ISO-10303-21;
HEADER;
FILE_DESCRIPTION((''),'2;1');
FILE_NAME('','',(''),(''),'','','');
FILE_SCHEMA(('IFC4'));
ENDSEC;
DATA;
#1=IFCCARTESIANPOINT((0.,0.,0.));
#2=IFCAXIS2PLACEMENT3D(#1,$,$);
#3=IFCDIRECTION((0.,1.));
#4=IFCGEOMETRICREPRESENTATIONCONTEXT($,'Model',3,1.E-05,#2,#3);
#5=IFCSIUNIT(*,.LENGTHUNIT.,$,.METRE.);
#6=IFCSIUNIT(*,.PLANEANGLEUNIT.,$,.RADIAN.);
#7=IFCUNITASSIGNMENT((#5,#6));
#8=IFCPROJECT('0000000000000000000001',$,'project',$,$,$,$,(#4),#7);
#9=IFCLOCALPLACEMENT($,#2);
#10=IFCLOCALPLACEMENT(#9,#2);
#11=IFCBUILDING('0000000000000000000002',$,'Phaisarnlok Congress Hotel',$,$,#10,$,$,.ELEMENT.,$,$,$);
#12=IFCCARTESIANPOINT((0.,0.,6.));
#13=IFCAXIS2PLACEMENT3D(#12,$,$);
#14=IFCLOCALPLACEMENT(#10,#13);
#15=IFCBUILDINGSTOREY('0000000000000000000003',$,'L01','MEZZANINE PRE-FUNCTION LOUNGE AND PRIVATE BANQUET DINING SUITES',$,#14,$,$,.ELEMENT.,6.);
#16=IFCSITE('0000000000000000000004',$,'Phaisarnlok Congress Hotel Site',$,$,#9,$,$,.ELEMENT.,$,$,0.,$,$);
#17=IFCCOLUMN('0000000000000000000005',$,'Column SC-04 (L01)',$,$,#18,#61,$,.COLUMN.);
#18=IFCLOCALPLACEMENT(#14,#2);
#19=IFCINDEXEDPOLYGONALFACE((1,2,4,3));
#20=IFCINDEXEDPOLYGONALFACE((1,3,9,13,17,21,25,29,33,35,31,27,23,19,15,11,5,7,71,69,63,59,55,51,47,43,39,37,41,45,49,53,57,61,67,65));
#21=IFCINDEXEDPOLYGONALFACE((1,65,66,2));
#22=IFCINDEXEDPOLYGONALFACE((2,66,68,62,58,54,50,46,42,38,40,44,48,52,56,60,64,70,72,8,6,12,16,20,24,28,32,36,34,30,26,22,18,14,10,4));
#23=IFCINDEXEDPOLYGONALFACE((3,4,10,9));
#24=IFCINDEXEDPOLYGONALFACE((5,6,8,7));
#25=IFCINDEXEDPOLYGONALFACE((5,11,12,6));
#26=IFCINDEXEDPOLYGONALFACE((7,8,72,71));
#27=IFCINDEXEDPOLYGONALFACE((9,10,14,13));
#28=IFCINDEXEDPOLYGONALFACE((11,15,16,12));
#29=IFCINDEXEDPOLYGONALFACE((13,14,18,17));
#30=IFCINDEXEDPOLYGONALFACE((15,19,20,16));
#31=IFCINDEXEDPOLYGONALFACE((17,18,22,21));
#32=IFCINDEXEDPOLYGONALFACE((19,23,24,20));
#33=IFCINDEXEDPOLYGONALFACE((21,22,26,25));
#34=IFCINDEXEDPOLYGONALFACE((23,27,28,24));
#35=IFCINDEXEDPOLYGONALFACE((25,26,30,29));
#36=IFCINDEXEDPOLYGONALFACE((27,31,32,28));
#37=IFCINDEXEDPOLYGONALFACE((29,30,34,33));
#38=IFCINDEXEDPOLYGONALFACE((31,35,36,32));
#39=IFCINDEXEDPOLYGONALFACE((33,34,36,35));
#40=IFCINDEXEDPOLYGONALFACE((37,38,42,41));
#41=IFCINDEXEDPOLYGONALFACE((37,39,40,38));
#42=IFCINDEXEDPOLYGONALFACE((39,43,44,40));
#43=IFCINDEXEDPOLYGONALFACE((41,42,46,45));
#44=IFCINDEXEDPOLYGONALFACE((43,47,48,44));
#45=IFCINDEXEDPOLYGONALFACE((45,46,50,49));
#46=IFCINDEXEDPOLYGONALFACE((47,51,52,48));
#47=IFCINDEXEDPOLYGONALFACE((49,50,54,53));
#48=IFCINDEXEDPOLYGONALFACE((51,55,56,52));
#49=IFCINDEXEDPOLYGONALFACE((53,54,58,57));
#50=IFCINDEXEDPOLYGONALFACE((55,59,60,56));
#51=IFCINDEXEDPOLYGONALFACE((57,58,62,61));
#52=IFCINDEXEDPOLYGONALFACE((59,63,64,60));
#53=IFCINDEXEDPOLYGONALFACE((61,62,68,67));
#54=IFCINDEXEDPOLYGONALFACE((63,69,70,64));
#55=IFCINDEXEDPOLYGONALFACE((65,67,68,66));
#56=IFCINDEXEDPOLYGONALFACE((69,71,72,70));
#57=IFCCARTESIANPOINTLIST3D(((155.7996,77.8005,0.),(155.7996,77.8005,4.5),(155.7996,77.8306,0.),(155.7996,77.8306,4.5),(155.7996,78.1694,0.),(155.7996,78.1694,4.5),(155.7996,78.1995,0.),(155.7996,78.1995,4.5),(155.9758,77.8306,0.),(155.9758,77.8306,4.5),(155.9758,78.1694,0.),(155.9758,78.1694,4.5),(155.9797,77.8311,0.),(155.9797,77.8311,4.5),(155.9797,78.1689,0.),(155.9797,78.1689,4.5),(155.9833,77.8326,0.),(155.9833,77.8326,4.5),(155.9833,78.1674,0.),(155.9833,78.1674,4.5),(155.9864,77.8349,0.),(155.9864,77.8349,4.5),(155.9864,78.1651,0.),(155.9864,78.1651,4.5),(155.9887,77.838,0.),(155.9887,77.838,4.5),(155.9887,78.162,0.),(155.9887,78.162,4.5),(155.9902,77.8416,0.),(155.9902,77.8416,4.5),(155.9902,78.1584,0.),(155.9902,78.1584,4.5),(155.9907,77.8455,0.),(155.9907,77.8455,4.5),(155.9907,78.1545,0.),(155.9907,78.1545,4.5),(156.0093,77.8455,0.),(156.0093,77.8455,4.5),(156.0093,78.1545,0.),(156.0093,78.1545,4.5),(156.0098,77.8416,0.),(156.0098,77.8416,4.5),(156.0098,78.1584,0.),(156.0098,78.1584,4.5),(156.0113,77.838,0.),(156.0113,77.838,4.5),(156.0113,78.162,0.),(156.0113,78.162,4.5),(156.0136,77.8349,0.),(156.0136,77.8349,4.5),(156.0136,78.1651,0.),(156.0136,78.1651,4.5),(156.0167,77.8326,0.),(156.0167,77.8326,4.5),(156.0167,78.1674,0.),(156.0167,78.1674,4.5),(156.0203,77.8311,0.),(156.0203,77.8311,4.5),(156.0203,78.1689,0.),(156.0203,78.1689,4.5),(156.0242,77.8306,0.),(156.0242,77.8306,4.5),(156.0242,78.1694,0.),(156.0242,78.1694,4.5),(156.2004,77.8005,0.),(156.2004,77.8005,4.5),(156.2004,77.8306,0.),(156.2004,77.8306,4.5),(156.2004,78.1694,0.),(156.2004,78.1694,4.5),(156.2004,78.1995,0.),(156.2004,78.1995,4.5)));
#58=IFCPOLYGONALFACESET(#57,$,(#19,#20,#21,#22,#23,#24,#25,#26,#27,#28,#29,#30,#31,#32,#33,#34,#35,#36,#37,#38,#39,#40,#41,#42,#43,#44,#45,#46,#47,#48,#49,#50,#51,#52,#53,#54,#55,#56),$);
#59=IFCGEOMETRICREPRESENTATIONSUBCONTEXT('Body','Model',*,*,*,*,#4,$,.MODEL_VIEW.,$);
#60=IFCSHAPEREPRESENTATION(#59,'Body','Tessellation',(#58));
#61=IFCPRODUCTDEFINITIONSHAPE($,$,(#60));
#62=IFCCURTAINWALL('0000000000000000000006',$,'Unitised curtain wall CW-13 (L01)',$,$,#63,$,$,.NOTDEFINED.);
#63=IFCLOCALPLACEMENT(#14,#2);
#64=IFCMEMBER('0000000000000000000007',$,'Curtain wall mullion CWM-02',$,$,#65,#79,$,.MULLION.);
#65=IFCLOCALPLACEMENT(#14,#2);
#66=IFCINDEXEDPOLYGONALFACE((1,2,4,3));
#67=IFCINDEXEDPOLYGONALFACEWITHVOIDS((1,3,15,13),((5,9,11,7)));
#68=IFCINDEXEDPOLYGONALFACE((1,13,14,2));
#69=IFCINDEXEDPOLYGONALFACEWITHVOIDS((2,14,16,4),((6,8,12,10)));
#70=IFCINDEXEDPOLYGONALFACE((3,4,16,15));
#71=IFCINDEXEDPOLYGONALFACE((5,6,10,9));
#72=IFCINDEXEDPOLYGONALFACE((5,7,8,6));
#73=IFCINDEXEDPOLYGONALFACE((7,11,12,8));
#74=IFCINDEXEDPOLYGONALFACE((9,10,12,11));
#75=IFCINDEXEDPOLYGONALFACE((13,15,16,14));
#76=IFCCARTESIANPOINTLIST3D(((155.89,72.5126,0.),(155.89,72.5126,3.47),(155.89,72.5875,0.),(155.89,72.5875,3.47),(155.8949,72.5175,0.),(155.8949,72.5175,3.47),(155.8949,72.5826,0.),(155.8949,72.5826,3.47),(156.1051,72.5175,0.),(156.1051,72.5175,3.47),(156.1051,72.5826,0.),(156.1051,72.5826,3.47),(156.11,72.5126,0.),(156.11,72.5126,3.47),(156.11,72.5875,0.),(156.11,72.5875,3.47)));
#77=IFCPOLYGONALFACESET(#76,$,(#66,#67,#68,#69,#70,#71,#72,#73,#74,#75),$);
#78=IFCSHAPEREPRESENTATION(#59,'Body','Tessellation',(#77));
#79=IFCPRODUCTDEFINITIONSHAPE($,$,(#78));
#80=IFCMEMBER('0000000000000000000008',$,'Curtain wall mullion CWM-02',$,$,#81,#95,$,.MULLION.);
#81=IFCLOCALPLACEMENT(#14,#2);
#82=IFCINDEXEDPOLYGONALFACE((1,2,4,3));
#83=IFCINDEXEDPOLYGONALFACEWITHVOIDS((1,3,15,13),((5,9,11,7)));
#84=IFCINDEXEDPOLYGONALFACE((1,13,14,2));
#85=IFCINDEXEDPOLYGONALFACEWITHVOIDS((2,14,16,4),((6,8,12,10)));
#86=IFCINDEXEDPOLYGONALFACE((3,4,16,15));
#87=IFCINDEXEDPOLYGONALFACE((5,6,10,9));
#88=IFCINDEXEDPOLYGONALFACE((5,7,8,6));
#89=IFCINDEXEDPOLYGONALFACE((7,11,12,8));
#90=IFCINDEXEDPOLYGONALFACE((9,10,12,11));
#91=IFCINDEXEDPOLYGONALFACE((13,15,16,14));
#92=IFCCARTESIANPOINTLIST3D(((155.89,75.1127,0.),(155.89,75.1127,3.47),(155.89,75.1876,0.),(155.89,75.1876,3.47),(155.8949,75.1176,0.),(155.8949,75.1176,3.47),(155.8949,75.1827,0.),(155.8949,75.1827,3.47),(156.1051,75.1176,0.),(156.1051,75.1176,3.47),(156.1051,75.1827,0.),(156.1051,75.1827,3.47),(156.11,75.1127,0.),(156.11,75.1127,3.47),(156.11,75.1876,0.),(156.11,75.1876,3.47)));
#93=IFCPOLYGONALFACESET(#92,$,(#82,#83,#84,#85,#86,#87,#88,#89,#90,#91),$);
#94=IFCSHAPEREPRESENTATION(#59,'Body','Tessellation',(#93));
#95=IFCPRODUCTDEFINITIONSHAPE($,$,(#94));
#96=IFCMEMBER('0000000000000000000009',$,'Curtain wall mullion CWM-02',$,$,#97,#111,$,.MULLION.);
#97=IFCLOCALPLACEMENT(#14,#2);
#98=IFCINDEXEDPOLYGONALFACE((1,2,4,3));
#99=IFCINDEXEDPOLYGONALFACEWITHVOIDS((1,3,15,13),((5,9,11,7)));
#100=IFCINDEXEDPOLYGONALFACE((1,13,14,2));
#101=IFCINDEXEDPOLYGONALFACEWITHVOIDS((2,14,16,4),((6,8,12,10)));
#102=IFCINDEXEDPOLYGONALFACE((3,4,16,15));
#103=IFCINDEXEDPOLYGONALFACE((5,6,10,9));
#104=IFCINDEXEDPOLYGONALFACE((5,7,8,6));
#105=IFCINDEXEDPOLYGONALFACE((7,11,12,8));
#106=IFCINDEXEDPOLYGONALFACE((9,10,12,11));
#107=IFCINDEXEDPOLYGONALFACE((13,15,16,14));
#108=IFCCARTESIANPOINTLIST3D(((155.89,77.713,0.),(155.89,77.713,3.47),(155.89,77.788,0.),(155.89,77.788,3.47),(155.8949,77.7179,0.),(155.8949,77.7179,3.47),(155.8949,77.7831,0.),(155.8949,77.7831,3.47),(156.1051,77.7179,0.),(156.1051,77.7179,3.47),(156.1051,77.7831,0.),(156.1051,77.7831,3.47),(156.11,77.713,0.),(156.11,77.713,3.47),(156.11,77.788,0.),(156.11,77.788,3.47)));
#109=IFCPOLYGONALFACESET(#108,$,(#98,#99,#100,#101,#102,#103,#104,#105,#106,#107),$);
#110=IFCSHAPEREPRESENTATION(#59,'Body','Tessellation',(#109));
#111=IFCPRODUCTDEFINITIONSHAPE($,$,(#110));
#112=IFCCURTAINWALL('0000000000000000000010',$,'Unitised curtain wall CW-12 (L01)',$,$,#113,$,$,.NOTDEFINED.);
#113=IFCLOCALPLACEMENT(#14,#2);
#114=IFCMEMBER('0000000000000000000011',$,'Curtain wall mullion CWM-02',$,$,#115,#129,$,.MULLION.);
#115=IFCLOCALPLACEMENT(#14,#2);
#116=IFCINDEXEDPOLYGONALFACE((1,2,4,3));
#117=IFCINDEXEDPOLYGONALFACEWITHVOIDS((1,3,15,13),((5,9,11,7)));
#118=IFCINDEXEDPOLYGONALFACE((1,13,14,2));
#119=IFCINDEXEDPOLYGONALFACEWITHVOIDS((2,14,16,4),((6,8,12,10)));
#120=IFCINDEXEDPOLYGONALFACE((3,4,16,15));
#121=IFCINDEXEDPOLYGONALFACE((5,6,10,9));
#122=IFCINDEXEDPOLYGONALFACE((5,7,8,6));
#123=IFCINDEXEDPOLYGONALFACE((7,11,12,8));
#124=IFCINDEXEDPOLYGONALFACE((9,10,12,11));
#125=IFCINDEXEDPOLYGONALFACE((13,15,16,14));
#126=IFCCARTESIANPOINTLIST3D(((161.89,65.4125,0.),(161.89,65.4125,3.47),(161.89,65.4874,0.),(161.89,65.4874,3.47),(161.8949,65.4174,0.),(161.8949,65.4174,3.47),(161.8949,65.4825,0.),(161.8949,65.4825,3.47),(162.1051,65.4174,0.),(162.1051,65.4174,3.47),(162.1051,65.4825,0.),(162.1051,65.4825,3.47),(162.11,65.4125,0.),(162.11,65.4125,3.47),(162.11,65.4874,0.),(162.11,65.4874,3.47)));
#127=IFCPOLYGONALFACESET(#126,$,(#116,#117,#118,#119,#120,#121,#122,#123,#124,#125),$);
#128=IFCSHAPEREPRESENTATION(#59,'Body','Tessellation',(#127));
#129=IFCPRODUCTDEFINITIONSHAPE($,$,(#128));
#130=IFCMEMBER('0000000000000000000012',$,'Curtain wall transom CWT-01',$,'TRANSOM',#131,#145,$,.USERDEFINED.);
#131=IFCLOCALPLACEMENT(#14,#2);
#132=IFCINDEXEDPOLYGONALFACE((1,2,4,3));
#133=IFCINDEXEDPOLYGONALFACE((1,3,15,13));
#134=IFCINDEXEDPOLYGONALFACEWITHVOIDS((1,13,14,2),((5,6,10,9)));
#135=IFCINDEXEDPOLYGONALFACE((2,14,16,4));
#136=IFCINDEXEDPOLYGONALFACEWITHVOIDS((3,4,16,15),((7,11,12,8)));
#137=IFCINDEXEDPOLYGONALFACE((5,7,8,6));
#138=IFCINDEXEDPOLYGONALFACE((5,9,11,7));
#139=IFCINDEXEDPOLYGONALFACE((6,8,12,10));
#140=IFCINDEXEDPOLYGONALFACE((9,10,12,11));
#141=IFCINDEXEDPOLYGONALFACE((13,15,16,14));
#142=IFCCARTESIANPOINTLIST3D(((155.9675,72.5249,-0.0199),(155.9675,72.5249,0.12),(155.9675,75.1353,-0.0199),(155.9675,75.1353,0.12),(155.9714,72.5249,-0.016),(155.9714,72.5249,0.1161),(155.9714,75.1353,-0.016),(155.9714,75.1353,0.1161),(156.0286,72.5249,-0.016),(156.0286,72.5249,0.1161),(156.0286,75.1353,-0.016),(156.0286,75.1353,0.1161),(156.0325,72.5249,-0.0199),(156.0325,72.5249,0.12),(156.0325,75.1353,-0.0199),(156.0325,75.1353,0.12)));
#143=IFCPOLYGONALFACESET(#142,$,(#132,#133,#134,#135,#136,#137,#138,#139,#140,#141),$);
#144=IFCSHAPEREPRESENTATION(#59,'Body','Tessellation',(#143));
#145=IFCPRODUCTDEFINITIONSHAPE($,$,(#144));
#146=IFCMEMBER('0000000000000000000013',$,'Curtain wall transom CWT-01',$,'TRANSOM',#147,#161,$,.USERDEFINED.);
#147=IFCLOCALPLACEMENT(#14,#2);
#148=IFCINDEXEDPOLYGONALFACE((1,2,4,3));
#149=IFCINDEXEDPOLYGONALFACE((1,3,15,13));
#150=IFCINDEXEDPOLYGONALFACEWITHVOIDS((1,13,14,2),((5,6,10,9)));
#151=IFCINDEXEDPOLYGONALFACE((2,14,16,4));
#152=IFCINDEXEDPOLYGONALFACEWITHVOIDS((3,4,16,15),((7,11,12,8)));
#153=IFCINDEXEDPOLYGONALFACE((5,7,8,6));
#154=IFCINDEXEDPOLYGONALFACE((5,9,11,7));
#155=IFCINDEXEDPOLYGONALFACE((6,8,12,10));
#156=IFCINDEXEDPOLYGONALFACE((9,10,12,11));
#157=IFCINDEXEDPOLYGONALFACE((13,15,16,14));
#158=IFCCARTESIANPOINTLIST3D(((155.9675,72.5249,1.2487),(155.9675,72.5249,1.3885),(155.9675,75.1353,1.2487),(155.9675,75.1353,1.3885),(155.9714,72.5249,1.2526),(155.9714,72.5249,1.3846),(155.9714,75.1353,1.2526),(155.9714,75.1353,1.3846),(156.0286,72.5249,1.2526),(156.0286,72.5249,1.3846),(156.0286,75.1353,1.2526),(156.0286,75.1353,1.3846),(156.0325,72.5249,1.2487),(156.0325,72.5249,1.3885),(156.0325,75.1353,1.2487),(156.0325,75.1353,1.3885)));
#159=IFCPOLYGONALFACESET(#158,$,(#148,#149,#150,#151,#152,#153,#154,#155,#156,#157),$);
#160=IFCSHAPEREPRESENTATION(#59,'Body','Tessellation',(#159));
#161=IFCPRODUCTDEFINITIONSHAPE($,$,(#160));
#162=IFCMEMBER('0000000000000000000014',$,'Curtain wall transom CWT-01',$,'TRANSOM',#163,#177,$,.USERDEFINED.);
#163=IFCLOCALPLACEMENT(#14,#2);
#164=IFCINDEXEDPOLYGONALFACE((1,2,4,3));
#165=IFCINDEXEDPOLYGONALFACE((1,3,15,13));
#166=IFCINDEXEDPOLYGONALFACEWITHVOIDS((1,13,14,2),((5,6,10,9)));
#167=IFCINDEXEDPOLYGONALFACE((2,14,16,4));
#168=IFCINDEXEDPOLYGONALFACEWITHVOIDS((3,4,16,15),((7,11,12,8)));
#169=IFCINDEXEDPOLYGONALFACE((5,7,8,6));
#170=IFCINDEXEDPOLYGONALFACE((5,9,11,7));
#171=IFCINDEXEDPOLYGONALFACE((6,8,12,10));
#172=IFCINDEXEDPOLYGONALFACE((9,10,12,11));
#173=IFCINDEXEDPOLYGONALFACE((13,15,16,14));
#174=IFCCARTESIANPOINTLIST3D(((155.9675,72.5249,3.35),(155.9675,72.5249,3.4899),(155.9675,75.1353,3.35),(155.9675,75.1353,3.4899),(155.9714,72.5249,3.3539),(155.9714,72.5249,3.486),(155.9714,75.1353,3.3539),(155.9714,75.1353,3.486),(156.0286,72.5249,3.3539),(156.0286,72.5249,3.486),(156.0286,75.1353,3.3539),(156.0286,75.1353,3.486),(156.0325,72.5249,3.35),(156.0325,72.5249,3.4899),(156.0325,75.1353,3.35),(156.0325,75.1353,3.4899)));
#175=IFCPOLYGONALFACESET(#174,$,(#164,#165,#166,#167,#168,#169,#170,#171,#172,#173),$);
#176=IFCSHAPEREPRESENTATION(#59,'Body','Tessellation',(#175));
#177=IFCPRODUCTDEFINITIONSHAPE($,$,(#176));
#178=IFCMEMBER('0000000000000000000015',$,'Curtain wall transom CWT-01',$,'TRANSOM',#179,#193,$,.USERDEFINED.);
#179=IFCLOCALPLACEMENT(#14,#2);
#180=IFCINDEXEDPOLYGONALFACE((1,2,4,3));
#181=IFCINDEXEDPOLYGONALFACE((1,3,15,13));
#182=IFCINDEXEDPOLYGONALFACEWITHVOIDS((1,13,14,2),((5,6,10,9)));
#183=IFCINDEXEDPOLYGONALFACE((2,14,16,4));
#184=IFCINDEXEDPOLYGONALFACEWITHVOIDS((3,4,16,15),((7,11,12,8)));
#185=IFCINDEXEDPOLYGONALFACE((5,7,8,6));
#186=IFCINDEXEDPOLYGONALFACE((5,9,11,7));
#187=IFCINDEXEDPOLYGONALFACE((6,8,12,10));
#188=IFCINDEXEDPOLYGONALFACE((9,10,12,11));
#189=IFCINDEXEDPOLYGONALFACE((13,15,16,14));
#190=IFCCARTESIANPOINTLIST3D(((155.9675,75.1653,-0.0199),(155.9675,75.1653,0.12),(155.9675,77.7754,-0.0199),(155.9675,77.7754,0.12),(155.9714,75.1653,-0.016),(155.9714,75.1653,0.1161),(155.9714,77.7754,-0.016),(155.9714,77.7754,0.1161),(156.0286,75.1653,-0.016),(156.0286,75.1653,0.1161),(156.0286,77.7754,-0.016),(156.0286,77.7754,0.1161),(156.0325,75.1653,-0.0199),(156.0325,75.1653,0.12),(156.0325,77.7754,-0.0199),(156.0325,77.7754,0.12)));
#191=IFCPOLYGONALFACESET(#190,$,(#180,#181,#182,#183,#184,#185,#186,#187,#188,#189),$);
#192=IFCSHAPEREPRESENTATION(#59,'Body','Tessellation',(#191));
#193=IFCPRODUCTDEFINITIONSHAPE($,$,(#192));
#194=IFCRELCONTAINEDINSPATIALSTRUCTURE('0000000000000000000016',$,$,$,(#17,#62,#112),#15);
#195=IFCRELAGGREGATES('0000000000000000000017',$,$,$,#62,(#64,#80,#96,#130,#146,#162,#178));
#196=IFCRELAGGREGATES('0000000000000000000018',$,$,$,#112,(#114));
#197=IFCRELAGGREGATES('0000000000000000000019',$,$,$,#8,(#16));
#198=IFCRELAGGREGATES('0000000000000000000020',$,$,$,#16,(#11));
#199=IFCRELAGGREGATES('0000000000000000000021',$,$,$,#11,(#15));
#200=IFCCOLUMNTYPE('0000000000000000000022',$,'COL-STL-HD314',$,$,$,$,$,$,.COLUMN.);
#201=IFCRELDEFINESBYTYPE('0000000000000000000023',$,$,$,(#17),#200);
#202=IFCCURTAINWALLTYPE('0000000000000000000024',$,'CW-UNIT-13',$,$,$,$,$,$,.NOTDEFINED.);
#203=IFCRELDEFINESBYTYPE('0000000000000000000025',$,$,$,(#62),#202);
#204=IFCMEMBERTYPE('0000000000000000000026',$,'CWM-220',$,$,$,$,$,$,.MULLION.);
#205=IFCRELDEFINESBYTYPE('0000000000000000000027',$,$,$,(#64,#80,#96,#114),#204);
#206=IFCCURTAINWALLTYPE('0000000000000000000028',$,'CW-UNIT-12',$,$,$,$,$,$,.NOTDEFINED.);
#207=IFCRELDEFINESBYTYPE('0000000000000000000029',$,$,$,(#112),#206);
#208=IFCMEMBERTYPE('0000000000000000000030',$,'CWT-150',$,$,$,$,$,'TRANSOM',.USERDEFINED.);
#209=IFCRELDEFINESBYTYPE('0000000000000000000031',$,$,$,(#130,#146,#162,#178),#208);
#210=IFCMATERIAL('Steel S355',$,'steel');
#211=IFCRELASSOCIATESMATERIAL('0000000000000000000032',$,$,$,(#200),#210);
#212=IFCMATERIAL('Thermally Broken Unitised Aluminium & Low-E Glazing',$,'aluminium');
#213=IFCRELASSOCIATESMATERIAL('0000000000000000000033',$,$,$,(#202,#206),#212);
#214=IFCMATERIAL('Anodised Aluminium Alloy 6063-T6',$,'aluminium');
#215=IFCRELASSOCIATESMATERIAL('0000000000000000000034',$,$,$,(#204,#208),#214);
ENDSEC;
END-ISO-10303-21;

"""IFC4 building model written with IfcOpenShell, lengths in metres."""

from ifc_helpers import new_model, si_unit, direction, frame, origin, origin_2d, place, context, subcontext, project, spatial, hollow_rectangle, i_section, extrude, material, material_profile, profile_set, type_object, element, aggregate, save


model = new_model("IFC4")

# Units and contexts
model_context = context("Model", 3, precision=1e-05, world=origin(), true_north=direction((0.0, 1.0)))
body_context = subcontext(model_context, "Body", "Model", "MODEL_VIEW")
ifc_project = project(units=[si_unit("LENGTHUNIT", "METRE"), si_unit("PLANEANGLEUNIT", "RADIAN")], contexts=[model_context])

# Site, building, storey
site_placement = place(None, origin())
site = spatial("IfcSite", under=ifc_project, at=site_placement, Name="Phaisarnlok Congress Hotel Site", CompositionType="ELEMENT", RefElevation=0.0)
building_placement = place(site_placement, origin())
building = spatial("IfcBuilding", under=site, at=building_placement, Name="Phaisarnlok Congress Hotel", CompositionType="ELEMENT")
storey_placement = place(building_placement, frame((0.0, 0.0, 6.0)))
storey = spatial("IfcBuildingStorey", under=building, at=storey_placement, Name="L01", Description="MEZZANINE PRE-FUNCTION LOUNGE AND PRIVATE BANQUET DINING SUITES", CompositionType="ELEMENT", Elevation=6.0)

# Column
ifc_material_1 = material(Name="Steel S355", Category="steel")
ifc_material_profile_1 = material_profile(ifc_material_1, i_section(OverallWidth=0.4009, OverallDepth=0.3989, WebThickness=0.0186, FlangeThickness=0.03, FilletRadius=0.0149, at=origin_2d()), Name="HD 400x314")
ifc_profile_set_1 = profile_set([ifc_material_profile_1], Name="Steel S355")
column_type = type_object("IfcColumnType", Name="COL-STL-HD314", PredefinedType="COLUMN", material=ifc_profile_set_1)
column_placement = place(storey_placement, frame((156.0, 78.0, 0.0), z_axis=(0.0, 0.0, 1.0), x_axis=(1.0, 0.0, 0.0)))
element("IfcColumn", 1, at=column_placement, inside=storey, type_object=column_type, Name="Column SC-04 (L01)", PredefinedType="COLUMN", context=body_context, shape_type="SweptSolid", body=[
    extrude(i_section(OverallWidth=0.4009, OverallDepth=0.3989, WebThickness=0.0186, FlangeThickness=0.03, FilletRadius=0.0149, at=origin_2d()), origin(), (0.0, 0.0, 1.0), 4.5),
])

# Curtain wall, members
ifc_material_2 = material(Name="Thermally Broken Unitised Aluminium & Low-E Glazing", Category="aluminium")
curtain_wall_type_1 = type_object("IfcCurtainWallType", Name="CW-UNIT-13", PredefinedType="NOTDEFINED", material=ifc_material_2)
curtain_wall_1_placement = place(storey_placement, origin())
curtain_wall_1 = element("IfcCurtainWall", 2, at=curtain_wall_1_placement, inside=storey, type_object=curtain_wall_type_1, Name="Unitised curtain wall CW-13 (L01)", PredefinedType="NOTDEFINED")
ifc_material_3 = material(Name="Anodised Aluminium Alloy 6063-T6", Category="aluminium")
ifc_material_profile_2 = material_profile(ifc_material_3, hollow_rectangle(XDim=0.075, YDim=0.22, WallThickness=0.0049, at=origin_2d()), Name="ALU-M 75x220x5")
ifc_profile_set_2 = profile_set([ifc_material_profile_2], Name="Anodised Aluminium Alloy 6063-T6")
member_type_1 = type_object("IfcMemberType", Name="CWM-220", PredefinedType="MULLION", material=ifc_profile_set_2)
member_1_placement = place(storey_placement, frame((156.0, 72.55, 0.0), z_axis=(0.0, 0.0, 1.0), x_axis=(0.0, 1.0, 0.0)))
member_1 = element("IfcMember", 3, at=member_1_placement, type_object=member_type_1, Name="Curtain wall mullion CWM-02", PredefinedType="MULLION", context=body_context, shape_type="SweptSolid", body=[
    extrude(hollow_rectangle(XDim=0.075, YDim=0.22, WallThickness=0.0049, at=origin_2d()), origin(), (0.0, 0.0, 1.0), 3.47),
])
member_2_placement = place(storey_placement, frame((156.0, 75.1501, 0.0), z_axis=(0.0, 0.0, 1.0), x_axis=(0.0, 1.0, 0.0)))
member_2 = element("IfcMember", 4, at=member_2_placement, type_object=member_type_1, Name="Curtain wall mullion CWM-02", PredefinedType="MULLION", context=body_context, shape_type="SweptSolid", body=[
    extrude(hollow_rectangle(XDim=0.075, YDim=0.22, WallThickness=0.0049, at=origin_2d()), origin(), (0.0, 0.0, 1.0), 3.47),
])
member_3_placement = place(storey_placement, frame((156.0, 77.7505, 0.0), z_axis=(0.0, 0.0, 1.0), x_axis=(0.0, 1.0, 0.0)))
member_3 = element("IfcMember", 5, at=member_3_placement, type_object=member_type_1, Name="Curtain wall mullion CWM-02", PredefinedType="MULLION", context=body_context, shape_type="SweptSolid", body=[
    extrude(hollow_rectangle(XDim=0.075, YDim=0.22, WallThickness=0.0049, at=origin_2d()), origin(), (0.0, 0.0, 1.0), 3.47),
])

# Curtain wall, member
curtain_wall_type_2 = type_object("IfcCurtainWallType", Name="CW-UNIT-12", PredefinedType="NOTDEFINED", material=ifc_material_2)
curtain_wall_2_placement = place(storey_placement, origin())
curtain_wall_2 = element("IfcCurtainWall", 6, at=curtain_wall_2_placement, inside=storey, type_object=curtain_wall_type_2, Name="Unitised curtain wall CW-12 (L01)", PredefinedType="NOTDEFINED")
member_4_placement = place(storey_placement, frame((162.0, 65.45, 0.0), z_axis=(0.0, 0.0, 1.0), x_axis=(0.0, -1.0, 0.0)))
member_4 = element("IfcMember", 7, at=member_4_placement, type_object=member_type_1, Name="Curtain wall mullion CWM-02", PredefinedType="MULLION", context=body_context, shape_type="SweptSolid", body=[
    extrude(hollow_rectangle(XDim=0.075, YDim=0.22, WallThickness=0.0049, at=origin_2d()), origin(), (0.0, 0.0, 1.0), 3.47),
])

# Members
ifc_material_profile_3 = material_profile(ifc_material_3, hollow_rectangle(XDim=0.0649, YDim=0.1399, WallThickness=0.0039, at=origin_2d()), Name="ALU-T 65x140x4")
ifc_profile_set_3 = profile_set([ifc_material_profile_3], Name="Anodised Aluminium Alloy 6063-T6")
member_type_2 = type_object("IfcMemberType", Name="CWT-150", ElementType="TRANSOM", PredefinedType="USERDEFINED", material=ifc_profile_set_3)
member_5_placement = place(storey_placement, frame((156.0, 72.5249, 0.05), z_axis=(0.0, 1.0, 0.0), x_axis=(-1.0, 0.0, 0.0)))
member_5 = element("IfcMember", 8, at=member_5_placement, type_object=member_type_2, Name="Curtain wall transom CWT-01", ObjectType="TRANSOM", PredefinedType="USERDEFINED", context=body_context, shape_type="SweptSolid", body=[
    extrude(hollow_rectangle(XDim=0.0649, YDim=0.1399, WallThickness=0.0039, at=origin_2d()), origin(), (0.0, 0.0, 1.0), 2.6104),
])
member_6_placement = place(storey_placement, frame((156.0, 72.5249, 1.3186), z_axis=(0.0, 1.0, 0.0), x_axis=(-1.0, 0.0, 0.0)))
member_6 = element("IfcMember", 9, at=member_6_placement, type_object=member_type_2, Name="Curtain wall transom CWT-01", ObjectType="TRANSOM", PredefinedType="USERDEFINED", context=body_context, shape_type="SweptSolid", body=[
    extrude(hollow_rectangle(XDim=0.0649, YDim=0.1399, WallThickness=0.0039, at=origin_2d()), origin(), (0.0, 0.0, 1.0), 2.6104),
])
member_7_placement = place(storey_placement, frame((156.0, 72.5249, 3.4199), z_axis=(0.0, 1.0, 0.0), x_axis=(-1.0, 0.0, 0.0)))
member_7 = element("IfcMember", 10, at=member_7_placement, type_object=member_type_2, Name="Curtain wall transom CWT-01", ObjectType="TRANSOM", PredefinedType="USERDEFINED", context=body_context, shape_type="SweptSolid", body=[
    extrude(hollow_rectangle(XDim=0.0649, YDim=0.1399, WallThickness=0.0039, at=origin_2d()), origin(), (0.0, 0.0, 1.0), 2.6104),
])
member_8_placement = place(storey_placement, frame((156.0, 75.1653, 0.05), z_axis=(0.0, 1.0, 0.0), x_axis=(-1.0, 0.0, 0.0)))
member_8 = element("IfcMember", 11, at=member_8_placement, type_object=member_type_2, Name="Curtain wall transom CWT-01", ObjectType="TRANSOM", PredefinedType="USERDEFINED", context=body_context, shape_type="SweptSolid", body=[
    extrude(hollow_rectangle(XDim=0.0649, YDim=0.1399, WallThickness=0.0039, at=origin_2d()), origin(), (0.0, 0.0, 1.0), 2.6101),
])

aggregate(curtain_wall_1, [member_1, member_2, member_3, member_5, member_6, member_7, member_8])
aggregate(curtain_wall_2, [member_4])

save(model, "model.ifc")
